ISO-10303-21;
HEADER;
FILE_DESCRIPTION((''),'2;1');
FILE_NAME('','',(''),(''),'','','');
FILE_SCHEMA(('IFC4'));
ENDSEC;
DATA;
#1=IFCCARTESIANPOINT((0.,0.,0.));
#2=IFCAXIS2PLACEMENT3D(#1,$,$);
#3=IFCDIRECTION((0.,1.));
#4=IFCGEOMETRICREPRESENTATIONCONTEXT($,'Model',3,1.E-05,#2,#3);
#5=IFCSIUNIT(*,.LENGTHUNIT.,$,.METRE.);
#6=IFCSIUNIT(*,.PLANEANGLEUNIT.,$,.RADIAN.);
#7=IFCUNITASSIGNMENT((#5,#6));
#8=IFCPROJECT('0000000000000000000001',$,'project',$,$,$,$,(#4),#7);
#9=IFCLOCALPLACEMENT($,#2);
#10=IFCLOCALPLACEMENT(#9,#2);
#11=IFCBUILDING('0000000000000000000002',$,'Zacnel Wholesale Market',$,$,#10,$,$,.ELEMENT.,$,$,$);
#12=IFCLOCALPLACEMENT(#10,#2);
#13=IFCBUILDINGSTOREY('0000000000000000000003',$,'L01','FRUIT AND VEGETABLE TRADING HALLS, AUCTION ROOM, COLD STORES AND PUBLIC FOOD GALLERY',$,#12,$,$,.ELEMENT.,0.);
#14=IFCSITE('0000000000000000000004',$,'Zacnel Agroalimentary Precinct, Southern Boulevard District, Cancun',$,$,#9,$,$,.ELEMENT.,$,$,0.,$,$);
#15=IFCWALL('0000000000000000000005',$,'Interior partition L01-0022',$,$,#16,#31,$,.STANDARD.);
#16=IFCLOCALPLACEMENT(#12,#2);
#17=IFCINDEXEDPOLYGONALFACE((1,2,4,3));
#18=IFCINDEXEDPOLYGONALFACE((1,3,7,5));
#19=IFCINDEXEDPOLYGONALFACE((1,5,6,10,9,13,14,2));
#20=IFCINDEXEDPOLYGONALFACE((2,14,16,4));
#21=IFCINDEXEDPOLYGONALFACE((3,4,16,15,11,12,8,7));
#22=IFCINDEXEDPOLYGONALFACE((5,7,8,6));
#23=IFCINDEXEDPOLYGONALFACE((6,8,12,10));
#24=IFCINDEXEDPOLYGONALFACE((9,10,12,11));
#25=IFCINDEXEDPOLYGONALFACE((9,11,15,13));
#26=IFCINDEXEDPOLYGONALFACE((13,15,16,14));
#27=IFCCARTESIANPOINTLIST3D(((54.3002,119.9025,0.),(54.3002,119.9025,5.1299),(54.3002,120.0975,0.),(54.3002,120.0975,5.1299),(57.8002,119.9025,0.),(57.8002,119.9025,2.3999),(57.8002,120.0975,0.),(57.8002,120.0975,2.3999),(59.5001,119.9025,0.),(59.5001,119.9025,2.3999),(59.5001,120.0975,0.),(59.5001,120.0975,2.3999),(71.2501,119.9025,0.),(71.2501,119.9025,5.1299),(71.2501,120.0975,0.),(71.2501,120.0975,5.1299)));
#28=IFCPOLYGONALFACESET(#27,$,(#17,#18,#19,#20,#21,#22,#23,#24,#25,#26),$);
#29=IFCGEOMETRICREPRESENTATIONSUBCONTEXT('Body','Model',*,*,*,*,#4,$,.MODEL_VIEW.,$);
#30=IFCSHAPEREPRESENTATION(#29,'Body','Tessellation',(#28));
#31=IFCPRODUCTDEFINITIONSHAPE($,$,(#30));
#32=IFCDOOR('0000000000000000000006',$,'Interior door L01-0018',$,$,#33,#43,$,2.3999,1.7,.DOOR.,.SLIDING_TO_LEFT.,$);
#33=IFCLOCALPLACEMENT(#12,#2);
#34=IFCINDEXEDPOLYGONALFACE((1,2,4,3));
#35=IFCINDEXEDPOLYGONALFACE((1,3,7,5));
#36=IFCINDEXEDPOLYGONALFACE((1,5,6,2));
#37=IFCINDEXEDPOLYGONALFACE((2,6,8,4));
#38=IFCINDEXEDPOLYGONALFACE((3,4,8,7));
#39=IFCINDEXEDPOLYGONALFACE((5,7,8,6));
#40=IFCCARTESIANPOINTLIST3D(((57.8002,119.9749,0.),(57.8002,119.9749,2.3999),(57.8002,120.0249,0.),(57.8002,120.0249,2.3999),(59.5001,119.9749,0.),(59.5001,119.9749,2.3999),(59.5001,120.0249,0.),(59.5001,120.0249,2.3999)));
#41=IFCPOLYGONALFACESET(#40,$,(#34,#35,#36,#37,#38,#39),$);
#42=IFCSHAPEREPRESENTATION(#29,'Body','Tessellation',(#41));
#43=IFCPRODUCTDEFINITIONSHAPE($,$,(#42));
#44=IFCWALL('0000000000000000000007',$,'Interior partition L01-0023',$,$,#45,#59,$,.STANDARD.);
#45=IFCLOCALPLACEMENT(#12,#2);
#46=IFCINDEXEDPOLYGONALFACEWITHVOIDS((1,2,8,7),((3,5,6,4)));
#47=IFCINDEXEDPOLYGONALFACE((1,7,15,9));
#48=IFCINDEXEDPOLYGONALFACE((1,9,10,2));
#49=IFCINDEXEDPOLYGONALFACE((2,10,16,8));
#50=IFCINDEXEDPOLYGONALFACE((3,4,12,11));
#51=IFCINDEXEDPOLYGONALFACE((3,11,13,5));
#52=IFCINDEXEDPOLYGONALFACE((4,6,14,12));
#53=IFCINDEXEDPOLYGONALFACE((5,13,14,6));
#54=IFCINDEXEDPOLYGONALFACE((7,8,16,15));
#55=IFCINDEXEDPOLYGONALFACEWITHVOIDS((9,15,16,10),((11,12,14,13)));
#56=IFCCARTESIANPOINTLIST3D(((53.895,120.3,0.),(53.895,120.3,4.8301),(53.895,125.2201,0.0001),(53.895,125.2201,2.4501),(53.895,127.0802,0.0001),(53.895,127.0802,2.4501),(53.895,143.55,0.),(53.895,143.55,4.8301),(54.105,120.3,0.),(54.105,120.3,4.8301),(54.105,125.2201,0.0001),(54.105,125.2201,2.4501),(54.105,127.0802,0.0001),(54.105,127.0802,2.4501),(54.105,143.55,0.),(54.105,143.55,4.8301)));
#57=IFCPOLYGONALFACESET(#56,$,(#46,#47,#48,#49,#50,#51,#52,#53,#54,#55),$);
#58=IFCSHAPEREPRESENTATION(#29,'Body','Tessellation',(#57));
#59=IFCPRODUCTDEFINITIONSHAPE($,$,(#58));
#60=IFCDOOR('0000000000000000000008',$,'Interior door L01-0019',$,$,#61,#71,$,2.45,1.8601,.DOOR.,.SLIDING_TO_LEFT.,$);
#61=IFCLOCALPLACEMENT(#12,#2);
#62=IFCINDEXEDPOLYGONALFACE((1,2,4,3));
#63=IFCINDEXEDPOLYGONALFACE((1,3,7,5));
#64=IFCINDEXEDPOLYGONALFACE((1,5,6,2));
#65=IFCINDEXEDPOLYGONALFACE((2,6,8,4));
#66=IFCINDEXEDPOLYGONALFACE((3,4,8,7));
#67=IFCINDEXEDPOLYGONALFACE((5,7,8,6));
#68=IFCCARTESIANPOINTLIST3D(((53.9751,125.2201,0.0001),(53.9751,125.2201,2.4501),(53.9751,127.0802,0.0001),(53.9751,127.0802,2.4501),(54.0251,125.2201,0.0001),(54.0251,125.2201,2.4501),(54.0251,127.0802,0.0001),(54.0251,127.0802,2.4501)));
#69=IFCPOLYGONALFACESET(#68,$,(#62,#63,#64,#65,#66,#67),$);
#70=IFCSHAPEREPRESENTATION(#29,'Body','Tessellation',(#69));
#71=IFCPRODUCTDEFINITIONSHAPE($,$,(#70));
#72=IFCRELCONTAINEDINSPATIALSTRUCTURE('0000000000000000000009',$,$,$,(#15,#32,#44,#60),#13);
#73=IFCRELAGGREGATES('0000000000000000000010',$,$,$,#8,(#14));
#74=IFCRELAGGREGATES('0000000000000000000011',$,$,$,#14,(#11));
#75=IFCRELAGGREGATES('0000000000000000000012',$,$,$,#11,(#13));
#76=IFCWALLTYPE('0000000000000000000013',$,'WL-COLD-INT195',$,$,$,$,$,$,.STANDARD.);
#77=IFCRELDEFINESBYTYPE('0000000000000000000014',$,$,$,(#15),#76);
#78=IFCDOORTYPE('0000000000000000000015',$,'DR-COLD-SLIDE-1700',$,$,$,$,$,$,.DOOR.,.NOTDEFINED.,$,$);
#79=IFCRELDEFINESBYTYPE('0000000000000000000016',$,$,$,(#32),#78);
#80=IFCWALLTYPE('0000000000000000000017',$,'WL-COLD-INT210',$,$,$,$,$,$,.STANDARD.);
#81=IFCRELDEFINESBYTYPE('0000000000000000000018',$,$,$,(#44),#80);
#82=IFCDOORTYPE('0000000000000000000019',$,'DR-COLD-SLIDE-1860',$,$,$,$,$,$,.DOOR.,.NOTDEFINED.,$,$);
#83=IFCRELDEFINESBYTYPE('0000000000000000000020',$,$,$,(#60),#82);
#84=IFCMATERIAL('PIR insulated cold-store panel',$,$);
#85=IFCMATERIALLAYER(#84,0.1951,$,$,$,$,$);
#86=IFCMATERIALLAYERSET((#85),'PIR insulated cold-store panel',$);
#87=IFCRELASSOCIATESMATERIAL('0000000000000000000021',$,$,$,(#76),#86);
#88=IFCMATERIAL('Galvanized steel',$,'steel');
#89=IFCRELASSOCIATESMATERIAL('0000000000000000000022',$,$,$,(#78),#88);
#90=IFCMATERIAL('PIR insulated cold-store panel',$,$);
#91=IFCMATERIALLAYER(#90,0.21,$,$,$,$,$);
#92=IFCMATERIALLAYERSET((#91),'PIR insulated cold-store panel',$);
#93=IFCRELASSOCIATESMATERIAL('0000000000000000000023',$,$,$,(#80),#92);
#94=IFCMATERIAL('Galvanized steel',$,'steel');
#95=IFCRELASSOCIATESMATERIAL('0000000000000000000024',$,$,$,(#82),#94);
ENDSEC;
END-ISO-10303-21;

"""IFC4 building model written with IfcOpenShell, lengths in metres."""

from ifc_helpers import new_model, si_unit, direction, frame, frame_2d, origin, place, context, subcontext, project, spatial, rectangle, extrude, material, layer, layer_set, type_object, element, fill, save


model = new_model("IFC4")

# Units and contexts
model_context = context("Model", 3, precision=1e-05, world=origin(), true_north=direction((0.0, 1.0)))
body_context = subcontext(model_context, "Body", "Model", "MODEL_VIEW")
ifc_project = project(units=[si_unit("LENGTHUNIT", "METRE"), si_unit("PLANEANGLEUNIT", "RADIAN")], contexts=[model_context])

# Site, building, storey
site_placement = place(None, origin())
site = spatial("IfcSite", under=ifc_project, at=site_placement, Name="Zacnel Agroalimentary Precinct, Southern Boulevard District, Cancun", CompositionType="ELEMENT", RefElevation=0.0)
building_placement = place(site_placement, origin())
building = spatial("IfcBuilding", under=site, at=building_placement, Name="Zacnel Wholesale Market", CompositionType="ELEMENT")
storey_placement = place(building_placement, origin())
storey = spatial("IfcBuildingStorey", under=building, at=storey_placement, Name="L01", Description="FRUIT AND VEGETABLE TRADING HALLS, AUCTION ROOM, COLD STORES AND PUBLIC FOOD GALLERY", CompositionType="ELEMENT", Elevation=0.0)

# Walls, openings, doors
ifc_material_1 = material(Name="PIR insulated cold-store panel")
ifc_layer_1 = layer(ifc_material_1, 0.1951)
ifc_layer_set_1 = layer_set([ifc_layer_1], Name="PIR insulated cold-store panel")
wall_type_1 = type_object("IfcWallType", Name="WL-COLD-INT195", PredefinedType="STANDARD", material=ifc_layer_set_1)
wall_1_placement = place(storey_placement, frame((54.3, 120.0, 0.0), z_axis=(0.0, 0.0, 1.0), x_axis=(1.0, 0.0, 0.0)))
wall_1 = element("IfcWall", 1, at=wall_1_placement, inside=storey, type_object=wall_type_1, Name="Interior partition L01-0022", PredefinedType="STANDARD", context=body_context, shape_type="SweptSolid", body=[
    extrude(rectangle(XDim=16.95, YDim=0.1951, at=frame_2d((8.4751, 0.0))), origin(), (0.0, 0.0, 1.0), 5.1299),
])
opening_1_placement = place(wall_1_placement, frame((3.5, 0.0, 0.0)))
opening_1 = element("IfcOpeningElement", 2, at=opening_1_placement, cuts=wall_1, PredefinedType="OPENING", context=body_context, shape_type="SweptSolid", body=[
    extrude(rectangle(XDim=1.7, YDim=2.3999, at=frame_2d((0.8501, 1.2))), frame((0.0, 0.1074, 0.0), z_axis=(0.0, -1.0, 0.0), x_axis=(1.0, 0.0, 0.0)), (0.0, 0.0, 1.0), 0.2151),
])
ifc_material_2 = material(Name="Galvanized steel", Category="steel")
door_type_1 = type_object("IfcDoorType", Name="DR-COLD-SLIDE-1700", OperationType="NOTDEFINED", PredefinedType="DOOR", material=ifc_material_2)
door_1_placement = place(opening_1_placement, origin())
door_1 = element("IfcDoor", 3, at=door_1_placement, inside=storey, type_object=door_type_1, Name="Interior door L01-0018", OperationType="SLIDING_TO_LEFT", OverallHeight=2.3999, OverallWidth=1.7, PredefinedType="DOOR", context=body_context, shape_type="SweptSolid", body=[
    extrude(rectangle(XDim=1.7, YDim=2.3999, at=frame_2d((0.8501, 1.2))), frame((0.0, 0.0249, 0.0), z_axis=(0.0, -1.0, 0.0), x_axis=(1.0, 0.0, 0.0)), (0.0, 0.0, 1.0), 0.05),
])
fill(opening_1, door_1)
ifc_material_3 = material(Name="PIR insulated cold-store panel")
ifc_layer_2 = layer(ifc_material_3, 0.21)
ifc_layer_set_2 = layer_set([ifc_layer_2], Name="PIR insulated cold-store panel")
wall_type_2 = type_object("IfcWallType", Name="WL-COLD-INT210", PredefinedType="STANDARD", material=ifc_layer_set_2)
wall_2_placement = place(storey_placement, frame((54.0, 120.3, 0.0), z_axis=(0.0, 0.0, 1.0), x_axis=(0.0, 1.0, 0.0)))
wall_2 = element("IfcWall", 4, at=wall_2_placement, inside=storey, type_object=wall_type_2, Name="Interior partition L01-0023", PredefinedType="STANDARD", context=body_context, shape_type="SweptSolid", body=[
    extrude(rectangle(XDim=23.25, YDim=0.21, at=frame_2d((11.625, 0.0))), origin(), (0.0, 0.0, 1.0), 4.8301),
])
opening_2_placement = place(wall_2_placement, frame((4.9199, 0.0, 0.0)))
opening_2 = element("IfcOpeningElement", 5, at=opening_2_placement, cuts=wall_2, PredefinedType="OPENING", context=body_context, shape_type="SweptSolid", body=[
    extrude(rectangle(XDim=1.8601, YDim=2.45, at=frame_2d((0.9302, 1.2251))), frame((0.0, 0.115, 0.0), z_axis=(0.0, -1.0, 0.0), x_axis=(1.0, 0.0, 0.0)), (0.0, 0.0, 1.0), 0.23),
])
ifc_material_4 = material(Name="Galvanized steel", Category="steel")
door_type_2 = type_object("IfcDoorType", Name="DR-COLD-SLIDE-1860", OperationType="NOTDEFINED", PredefinedType="DOOR", material=ifc_material_4)
door_2_placement = place(opening_2_placement, origin())
door_2 = element("IfcDoor", 6, at=door_2_placement, inside=storey, type_object=door_type_2, Name="Interior door L01-0019", OperationType="SLIDING_TO_LEFT", OverallHeight=2.45, OverallWidth=1.8601, PredefinedType="DOOR", context=body_context, shape_type="SweptSolid", body=[
    extrude(rectangle(XDim=1.8601, YDim=2.45, at=frame_2d((0.9302, 1.2251))), frame((0.0, 0.0249, 0.0), z_axis=(0.0, -1.0, 0.0), x_axis=(1.0, 0.0, 0.0)), (0.0, 0.0, 1.0), 0.05),
])
fill(opening_2, door_2)

save(model, "model.ifc")
